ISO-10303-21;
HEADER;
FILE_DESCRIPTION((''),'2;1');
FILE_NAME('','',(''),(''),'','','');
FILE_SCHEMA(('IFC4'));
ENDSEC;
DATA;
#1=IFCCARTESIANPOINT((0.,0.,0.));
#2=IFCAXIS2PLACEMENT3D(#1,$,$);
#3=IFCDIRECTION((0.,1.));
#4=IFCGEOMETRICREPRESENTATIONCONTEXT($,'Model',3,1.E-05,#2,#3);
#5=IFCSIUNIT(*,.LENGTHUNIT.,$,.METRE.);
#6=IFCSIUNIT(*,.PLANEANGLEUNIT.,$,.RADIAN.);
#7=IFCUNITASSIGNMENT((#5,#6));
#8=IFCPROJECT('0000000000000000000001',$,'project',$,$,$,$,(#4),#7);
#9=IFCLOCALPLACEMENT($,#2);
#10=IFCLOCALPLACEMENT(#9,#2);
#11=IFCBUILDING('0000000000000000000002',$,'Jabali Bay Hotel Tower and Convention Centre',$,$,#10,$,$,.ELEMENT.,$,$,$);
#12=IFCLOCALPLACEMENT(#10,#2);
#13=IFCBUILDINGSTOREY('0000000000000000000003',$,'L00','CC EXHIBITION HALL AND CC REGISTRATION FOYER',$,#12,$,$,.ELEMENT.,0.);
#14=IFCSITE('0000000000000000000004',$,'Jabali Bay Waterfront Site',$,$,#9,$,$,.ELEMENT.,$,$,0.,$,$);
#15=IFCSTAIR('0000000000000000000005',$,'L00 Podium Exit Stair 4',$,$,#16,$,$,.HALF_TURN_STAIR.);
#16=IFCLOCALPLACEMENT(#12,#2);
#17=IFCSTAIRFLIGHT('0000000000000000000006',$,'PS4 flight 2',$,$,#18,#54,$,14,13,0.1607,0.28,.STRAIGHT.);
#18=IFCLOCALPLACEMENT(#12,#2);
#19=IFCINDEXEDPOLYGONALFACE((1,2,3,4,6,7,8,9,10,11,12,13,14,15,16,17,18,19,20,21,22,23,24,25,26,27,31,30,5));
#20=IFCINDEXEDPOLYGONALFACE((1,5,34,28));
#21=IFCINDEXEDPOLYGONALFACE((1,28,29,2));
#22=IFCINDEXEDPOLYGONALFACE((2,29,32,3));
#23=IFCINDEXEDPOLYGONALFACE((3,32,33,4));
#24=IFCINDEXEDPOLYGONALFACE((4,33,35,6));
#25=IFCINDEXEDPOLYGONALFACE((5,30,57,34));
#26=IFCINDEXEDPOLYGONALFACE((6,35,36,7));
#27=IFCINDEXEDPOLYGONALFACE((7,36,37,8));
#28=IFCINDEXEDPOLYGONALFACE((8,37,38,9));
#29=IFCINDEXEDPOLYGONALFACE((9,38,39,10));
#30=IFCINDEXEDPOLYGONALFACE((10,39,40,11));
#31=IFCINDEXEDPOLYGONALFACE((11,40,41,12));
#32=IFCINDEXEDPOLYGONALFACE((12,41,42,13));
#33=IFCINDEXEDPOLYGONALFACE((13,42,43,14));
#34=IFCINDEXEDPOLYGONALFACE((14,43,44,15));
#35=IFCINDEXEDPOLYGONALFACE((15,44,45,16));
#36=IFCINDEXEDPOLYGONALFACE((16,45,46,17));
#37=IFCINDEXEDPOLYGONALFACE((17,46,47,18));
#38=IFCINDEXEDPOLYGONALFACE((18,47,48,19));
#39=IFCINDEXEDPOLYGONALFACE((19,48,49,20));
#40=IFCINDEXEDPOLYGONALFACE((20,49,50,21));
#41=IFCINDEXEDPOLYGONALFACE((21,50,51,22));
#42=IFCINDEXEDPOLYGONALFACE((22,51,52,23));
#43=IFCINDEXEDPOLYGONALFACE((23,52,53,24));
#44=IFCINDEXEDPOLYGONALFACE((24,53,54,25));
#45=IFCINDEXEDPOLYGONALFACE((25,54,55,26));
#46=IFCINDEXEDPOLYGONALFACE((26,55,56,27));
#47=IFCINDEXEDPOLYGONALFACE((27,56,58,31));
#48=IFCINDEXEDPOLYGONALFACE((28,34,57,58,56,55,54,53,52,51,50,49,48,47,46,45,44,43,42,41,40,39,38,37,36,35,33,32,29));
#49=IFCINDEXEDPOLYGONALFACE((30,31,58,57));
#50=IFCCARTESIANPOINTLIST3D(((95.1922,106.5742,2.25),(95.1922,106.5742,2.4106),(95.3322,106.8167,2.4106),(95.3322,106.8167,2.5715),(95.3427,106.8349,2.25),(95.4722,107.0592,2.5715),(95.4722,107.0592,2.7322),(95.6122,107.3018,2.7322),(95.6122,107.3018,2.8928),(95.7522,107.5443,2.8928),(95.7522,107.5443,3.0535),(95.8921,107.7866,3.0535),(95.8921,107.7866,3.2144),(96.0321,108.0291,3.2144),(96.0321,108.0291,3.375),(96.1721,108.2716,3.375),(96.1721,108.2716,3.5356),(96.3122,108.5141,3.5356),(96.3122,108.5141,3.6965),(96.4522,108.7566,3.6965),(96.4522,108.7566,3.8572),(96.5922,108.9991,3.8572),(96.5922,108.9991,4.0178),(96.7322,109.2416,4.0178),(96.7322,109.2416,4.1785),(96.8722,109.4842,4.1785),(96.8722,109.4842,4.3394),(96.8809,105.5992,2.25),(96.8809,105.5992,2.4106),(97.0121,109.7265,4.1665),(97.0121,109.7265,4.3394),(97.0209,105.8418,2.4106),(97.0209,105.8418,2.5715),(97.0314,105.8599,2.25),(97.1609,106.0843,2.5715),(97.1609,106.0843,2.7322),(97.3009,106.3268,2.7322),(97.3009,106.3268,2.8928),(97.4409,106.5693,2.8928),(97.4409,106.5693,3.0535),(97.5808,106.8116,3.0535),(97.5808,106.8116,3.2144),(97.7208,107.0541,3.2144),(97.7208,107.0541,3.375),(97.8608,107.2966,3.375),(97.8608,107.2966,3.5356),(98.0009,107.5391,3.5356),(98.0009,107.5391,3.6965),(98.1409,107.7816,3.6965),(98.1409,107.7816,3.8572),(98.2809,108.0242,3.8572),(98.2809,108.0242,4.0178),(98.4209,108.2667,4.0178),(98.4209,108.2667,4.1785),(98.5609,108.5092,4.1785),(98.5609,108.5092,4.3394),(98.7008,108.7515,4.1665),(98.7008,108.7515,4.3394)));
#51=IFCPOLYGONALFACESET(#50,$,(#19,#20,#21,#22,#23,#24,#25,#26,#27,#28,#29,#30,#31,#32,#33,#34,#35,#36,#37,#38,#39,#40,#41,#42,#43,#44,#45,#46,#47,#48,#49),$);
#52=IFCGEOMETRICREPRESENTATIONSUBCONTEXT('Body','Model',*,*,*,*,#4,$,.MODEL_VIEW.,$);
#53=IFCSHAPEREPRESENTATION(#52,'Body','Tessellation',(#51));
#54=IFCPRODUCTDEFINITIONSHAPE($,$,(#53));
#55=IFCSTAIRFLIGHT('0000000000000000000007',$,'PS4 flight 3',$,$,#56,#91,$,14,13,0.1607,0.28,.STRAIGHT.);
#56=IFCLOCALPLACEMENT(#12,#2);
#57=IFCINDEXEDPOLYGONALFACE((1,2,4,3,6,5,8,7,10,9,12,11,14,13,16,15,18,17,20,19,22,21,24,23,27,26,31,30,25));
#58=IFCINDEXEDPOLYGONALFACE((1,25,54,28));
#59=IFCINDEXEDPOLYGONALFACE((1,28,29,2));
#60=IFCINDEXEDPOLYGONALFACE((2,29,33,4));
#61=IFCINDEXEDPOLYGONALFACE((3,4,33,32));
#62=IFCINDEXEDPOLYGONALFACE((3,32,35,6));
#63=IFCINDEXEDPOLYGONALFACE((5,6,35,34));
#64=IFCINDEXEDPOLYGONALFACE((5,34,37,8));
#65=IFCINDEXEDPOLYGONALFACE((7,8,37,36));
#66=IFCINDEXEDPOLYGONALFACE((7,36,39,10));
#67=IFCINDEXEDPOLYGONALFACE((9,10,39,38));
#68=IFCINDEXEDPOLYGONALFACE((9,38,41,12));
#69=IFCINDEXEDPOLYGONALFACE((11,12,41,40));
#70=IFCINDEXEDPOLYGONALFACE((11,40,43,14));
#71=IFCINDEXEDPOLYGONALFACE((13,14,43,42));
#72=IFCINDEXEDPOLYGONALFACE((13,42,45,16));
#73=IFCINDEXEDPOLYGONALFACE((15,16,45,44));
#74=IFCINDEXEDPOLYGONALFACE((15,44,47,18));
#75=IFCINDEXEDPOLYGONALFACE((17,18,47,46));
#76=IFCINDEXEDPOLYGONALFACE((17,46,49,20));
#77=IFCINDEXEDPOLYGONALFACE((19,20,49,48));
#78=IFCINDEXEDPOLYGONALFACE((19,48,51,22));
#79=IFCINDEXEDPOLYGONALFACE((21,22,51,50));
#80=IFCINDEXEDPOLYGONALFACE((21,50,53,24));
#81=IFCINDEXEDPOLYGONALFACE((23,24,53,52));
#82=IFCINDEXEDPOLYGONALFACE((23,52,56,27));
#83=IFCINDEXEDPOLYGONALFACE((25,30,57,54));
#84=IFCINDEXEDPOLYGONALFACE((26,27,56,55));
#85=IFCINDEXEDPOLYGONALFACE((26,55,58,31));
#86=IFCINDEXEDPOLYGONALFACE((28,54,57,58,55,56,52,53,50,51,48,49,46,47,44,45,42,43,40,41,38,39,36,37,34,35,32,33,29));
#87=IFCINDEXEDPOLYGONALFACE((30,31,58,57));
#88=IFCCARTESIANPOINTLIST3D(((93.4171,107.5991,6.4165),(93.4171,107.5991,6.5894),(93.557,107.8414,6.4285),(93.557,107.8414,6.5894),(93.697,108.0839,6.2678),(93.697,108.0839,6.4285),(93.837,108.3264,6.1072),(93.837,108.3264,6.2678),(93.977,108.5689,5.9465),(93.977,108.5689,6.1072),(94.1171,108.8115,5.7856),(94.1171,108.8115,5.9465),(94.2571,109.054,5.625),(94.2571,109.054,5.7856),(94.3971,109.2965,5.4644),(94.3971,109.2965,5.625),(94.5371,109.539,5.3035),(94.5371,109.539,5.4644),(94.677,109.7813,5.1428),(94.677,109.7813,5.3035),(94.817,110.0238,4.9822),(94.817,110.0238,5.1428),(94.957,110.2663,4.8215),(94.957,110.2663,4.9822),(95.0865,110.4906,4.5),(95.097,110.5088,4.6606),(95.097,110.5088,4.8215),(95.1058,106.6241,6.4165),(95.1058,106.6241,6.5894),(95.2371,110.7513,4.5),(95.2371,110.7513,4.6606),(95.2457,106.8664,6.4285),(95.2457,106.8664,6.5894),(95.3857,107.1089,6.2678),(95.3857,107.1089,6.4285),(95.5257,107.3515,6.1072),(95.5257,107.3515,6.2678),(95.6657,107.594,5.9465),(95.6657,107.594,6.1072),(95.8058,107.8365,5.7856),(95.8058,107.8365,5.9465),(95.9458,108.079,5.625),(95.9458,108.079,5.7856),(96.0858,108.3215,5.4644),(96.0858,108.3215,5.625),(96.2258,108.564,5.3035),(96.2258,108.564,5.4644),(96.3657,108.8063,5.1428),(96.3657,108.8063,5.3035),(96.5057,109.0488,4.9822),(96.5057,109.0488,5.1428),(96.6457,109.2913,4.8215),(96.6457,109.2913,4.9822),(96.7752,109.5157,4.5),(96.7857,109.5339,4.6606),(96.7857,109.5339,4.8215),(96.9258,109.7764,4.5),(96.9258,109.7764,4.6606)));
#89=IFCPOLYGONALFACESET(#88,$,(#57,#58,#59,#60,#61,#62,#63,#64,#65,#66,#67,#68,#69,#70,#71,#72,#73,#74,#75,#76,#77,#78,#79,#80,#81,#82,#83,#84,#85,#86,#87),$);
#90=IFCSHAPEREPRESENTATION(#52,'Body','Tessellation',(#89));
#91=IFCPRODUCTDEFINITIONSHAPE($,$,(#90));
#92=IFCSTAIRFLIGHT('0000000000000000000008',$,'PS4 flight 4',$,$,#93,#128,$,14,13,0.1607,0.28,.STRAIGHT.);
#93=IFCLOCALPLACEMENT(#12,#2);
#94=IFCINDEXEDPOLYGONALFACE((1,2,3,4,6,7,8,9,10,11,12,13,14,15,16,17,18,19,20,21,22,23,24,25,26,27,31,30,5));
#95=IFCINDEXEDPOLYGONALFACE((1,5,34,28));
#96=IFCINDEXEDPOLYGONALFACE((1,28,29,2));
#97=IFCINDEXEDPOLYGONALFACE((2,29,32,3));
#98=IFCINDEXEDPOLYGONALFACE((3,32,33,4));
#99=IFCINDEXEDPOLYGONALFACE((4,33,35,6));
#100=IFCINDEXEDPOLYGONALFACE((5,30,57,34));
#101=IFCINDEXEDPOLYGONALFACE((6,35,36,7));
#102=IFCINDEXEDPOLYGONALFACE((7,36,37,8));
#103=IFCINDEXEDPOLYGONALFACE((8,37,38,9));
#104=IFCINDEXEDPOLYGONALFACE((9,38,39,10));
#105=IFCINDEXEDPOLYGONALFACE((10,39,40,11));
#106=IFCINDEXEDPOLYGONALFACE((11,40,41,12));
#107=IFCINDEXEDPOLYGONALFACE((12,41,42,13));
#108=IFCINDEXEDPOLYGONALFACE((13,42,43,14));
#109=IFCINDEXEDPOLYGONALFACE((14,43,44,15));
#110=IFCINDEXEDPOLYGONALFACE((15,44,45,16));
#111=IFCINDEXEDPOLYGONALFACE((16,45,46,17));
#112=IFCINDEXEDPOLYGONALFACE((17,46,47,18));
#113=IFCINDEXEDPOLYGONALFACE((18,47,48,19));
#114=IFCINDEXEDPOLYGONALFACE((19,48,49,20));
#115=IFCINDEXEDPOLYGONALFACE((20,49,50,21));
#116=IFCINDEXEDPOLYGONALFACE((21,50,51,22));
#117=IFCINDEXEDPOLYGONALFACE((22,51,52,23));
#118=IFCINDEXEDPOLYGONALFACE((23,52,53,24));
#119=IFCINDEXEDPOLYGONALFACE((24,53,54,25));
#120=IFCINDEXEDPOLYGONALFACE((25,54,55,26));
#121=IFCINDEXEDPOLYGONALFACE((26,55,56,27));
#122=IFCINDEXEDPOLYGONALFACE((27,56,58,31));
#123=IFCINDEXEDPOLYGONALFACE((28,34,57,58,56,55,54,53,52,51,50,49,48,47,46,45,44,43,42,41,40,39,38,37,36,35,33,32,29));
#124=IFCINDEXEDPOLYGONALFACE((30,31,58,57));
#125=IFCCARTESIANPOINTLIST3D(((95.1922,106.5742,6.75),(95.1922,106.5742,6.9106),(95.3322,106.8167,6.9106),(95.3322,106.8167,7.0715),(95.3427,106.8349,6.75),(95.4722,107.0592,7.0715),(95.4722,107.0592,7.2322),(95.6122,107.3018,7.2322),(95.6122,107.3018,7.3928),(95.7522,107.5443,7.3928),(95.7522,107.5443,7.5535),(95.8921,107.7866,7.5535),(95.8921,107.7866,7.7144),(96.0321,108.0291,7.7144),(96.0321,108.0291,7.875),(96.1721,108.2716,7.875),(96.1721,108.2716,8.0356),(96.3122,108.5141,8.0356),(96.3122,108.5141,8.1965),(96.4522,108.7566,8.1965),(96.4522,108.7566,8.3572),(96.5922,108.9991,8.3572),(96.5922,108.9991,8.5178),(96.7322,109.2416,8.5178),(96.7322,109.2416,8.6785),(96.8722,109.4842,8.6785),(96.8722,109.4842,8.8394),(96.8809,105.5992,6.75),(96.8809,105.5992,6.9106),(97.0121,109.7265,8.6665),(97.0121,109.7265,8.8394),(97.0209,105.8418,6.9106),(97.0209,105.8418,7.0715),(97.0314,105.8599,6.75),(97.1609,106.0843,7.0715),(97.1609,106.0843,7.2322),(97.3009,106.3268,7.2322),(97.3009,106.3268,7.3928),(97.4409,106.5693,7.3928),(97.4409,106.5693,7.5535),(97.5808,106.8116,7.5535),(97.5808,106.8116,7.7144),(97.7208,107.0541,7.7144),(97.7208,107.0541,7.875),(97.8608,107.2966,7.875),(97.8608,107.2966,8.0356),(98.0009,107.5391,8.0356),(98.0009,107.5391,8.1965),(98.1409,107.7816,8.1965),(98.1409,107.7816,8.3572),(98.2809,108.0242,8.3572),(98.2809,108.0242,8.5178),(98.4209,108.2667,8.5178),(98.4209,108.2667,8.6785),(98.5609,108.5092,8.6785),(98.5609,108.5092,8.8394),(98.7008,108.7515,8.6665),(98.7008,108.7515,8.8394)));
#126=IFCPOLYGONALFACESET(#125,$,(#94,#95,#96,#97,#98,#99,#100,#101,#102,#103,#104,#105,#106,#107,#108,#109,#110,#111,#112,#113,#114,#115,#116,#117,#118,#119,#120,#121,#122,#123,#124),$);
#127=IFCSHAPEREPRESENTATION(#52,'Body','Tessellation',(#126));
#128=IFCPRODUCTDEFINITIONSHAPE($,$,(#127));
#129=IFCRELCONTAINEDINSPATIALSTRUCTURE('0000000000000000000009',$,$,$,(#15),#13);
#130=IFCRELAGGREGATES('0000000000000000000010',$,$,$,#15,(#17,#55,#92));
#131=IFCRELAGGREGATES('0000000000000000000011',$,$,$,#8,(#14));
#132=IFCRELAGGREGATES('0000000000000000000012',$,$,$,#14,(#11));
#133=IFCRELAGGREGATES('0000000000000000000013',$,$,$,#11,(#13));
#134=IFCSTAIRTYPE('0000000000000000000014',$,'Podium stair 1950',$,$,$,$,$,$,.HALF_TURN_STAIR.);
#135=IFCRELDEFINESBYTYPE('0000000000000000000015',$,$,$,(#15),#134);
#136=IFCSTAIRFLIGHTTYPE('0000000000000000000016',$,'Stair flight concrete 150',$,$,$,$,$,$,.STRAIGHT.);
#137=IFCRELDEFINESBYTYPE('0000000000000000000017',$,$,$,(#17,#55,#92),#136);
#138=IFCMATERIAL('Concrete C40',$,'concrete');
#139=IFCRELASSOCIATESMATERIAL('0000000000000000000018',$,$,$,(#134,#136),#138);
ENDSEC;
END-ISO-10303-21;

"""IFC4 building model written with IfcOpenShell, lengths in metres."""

from ifc_helpers import new_model, si_unit, direction, frame, origin, place, context, subcontext, project, spatial, polyline, outline, extrude, material, type_object, element, aggregate, save


model = new_model("IFC4")

# Units and contexts
model_context = context("Model", 3, precision=1e-05, world=origin(), true_north=direction((0.0, 1.0)))
body_context = subcontext(model_context, "Body", "Model", "MODEL_VIEW")
ifc_project = project(units=[si_unit("LENGTHUNIT", "METRE"), si_unit("PLANEANGLEUNIT", "RADIAN")], contexts=[model_context])

# Site, building, storey
site_placement = place(None, origin())
site = spatial("IfcSite", under=ifc_project, at=site_placement, Name="Jabali Bay Waterfront Site", CompositionType="ELEMENT", RefElevation=0.0)
building_placement = place(site_placement, origin())
building = spatial("IfcBuilding", under=site, at=building_placement, Name="Jabali Bay Hotel Tower and Convention Centre", CompositionType="ELEMENT")
storey_placement = place(building_placement, origin())
storey = spatial("IfcBuildingStorey", under=building, at=storey_placement, Name="L00", Description="CC EXHIBITION HALL AND CC REGISTRATION FOYER", CompositionType="ELEMENT", Elevation=0.0)

# Shared definitions
ifc_material_1 = material(Name="Concrete C40", Category="concrete")

# Stair, stair flights
stair_type = type_object("IfcStairType", Name="Podium stair 1950", PredefinedType="HALF_TURN_STAIR", material=ifc_material_1)
stair_flight_type = type_object("IfcStairFlightType", Name="Stair flight concrete 150", PredefinedType="STRAIGHT", material=ifc_material_1)
stair_1_placement = place(storey_placement, origin())
stair_1 = element("IfcStair", 1, at=stair_1_placement, inside=storey, type_object=stair_type, Name="L00 Podium Exit Stair 4", PredefinedType="HALF_TURN_STAIR")
stair_flight_1_placement = place(storey_placement, frame((96.0366, 106.0867, 2.25), z_axis=(0.0, 0.0, 1.0), x_axis=(0.5, 0.866025, 0.0)))
stair_flight_1 = element("IfcStairFlight", 2, at=stair_flight_1_placement, type_object=stair_flight_type, Name="PS4 flight 2", NumberOfRisers=14, NumberOfTreads=13, PredefinedType="STRAIGHT", RiserHeight=0.1607, TreadLength=0.28, context=body_context, shape_type="SweptSolid", body=[
    extrude(outline(polyline([(0.0, 0.0), (0.0, 0.1606), (0.28, 0.1606), (0.28, 0.3215), (0.5601, 0.3215), (0.5601, 0.4822), (0.8401, 0.4822), (0.8401, 0.6428), (1.1201, 0.6428), (1.1201, 0.8035), (1.3999, 0.8035), (1.3999, 0.9644), (1.6799, 0.9644), (1.6799, 1.125), (1.96, 1.125), (1.96, 1.2856), (2.24, 1.2856), (2.24, 1.4465), (2.52, 1.4465), (2.52, 1.6072), (2.8, 1.6072), (2.8, 1.7678), (3.0801, 1.7678), (3.0801, 1.9285), (3.3601, 1.9285), (3.3601, 2.0894), (3.6399, 2.0894), (3.6399, 2.25), (3.6399, 1.9165), (0.301, 0.0), (0.0, 0.0)])), frame((0.0, 0.9751, 0.0), z_axis=(0.0, -1.0, 0.0), x_axis=(1.0, 0.0, 0.0)), (0.0, 0.0, 1.0), 1.95),
])
stair_flight_2_placement = place(storey_placement, frame((96.0813, 110.2639, 4.5), z_axis=(0.0, 0.0, 1.0), x_axis=(-0.5, -0.866025, 0.0)))
stair_flight_2 = element("IfcStairFlight", 3, at=stair_flight_2_placement, type_object=stair_flight_type, Name="PS4 flight 3", NumberOfRisers=14, NumberOfTreads=13, PredefinedType="STRAIGHT", RiserHeight=0.1607, TreadLength=0.28, context=body_context, shape_type="SweptSolid", body=[
    extrude(outline(polyline([(0.0, 0.0), (0.0, 0.1606), (0.28, 0.1606), (0.28, 0.3215), (0.5601, 0.3215), (0.5601, 0.4822), (0.8401, 0.4822), (0.8401, 0.6428), (1.1201, 0.6428), (1.1201, 0.8035), (1.3999, 0.8035), (1.3999, 0.9644), (1.6799, 0.9644), (1.6799, 1.125), (1.96, 1.125), (1.96, 1.2856), (2.24, 1.2856), (2.24, 1.4465), (2.52, 1.4465), (2.52, 1.6072), (2.8, 1.6072), (2.8, 1.7678), (3.0801, 1.7678), (3.0801, 1.9285), (3.3601, 1.9285), (3.3601, 2.0894), (3.6399, 2.0894), (3.6399, 2.25), (3.6399, 1.9165), (0.301, 0.0), (0.0, 0.0)])), frame((0.0, 0.9751, 0.0), z_axis=(0.0, -1.0, 0.0), x_axis=(1.0, 0.0, 0.0)), (0.0, 0.0, 1.0), 1.95),
])
stair_flight_3_placement = place(storey_placement, frame((96.0366, 106.0867, 6.75), z_axis=(0.0, 0.0, 1.0), x_axis=(0.5, 0.866025, 0.0)))
stair_flight_3 = element("IfcStairFlight", 4, at=stair_flight_3_placement, type_object=stair_flight_type, Name="PS4 flight 4", NumberOfRisers=14, NumberOfTreads=13, PredefinedType="STRAIGHT", RiserHeight=0.1607, TreadLength=0.28, context=body_context, shape_type="SweptSolid", body=[
    extrude(outline(polyline([(0.0, 0.0), (0.0, 0.1606), (0.28, 0.1606), (0.28, 0.3215), (0.5601, 0.3215), (0.5601, 0.4822), (0.8401, 0.4822), (0.8401, 0.6428), (1.1201, 0.6428), (1.1201, 0.8035), (1.3999, 0.8035), (1.3999, 0.9644), (1.6799, 0.9644), (1.6799, 1.125), (1.96, 1.125), (1.96, 1.2856), (2.24, 1.2856), (2.24, 1.4465), (2.52, 1.4465), (2.52, 1.6072), (2.8, 1.6072), (2.8, 1.7678), (3.0801, 1.7678), (3.0801, 1.9285), (3.3601, 1.9285), (3.3601, 2.0894), (3.6399, 2.0894), (3.6399, 2.25), (3.6399, 1.9165), (0.301, 0.0), (0.0, 0.0)])), frame((0.0, 0.9751, 0.0), z_axis=(0.0, -1.0, 0.0), x_axis=(1.0, 0.0, 0.0)), (0.0, 0.0, 1.0), 1.95),
])
aggregate(stair_1, [stair_flight_1, stair_flight_2, stair_flight_3])

save(model, "model.ifc")
